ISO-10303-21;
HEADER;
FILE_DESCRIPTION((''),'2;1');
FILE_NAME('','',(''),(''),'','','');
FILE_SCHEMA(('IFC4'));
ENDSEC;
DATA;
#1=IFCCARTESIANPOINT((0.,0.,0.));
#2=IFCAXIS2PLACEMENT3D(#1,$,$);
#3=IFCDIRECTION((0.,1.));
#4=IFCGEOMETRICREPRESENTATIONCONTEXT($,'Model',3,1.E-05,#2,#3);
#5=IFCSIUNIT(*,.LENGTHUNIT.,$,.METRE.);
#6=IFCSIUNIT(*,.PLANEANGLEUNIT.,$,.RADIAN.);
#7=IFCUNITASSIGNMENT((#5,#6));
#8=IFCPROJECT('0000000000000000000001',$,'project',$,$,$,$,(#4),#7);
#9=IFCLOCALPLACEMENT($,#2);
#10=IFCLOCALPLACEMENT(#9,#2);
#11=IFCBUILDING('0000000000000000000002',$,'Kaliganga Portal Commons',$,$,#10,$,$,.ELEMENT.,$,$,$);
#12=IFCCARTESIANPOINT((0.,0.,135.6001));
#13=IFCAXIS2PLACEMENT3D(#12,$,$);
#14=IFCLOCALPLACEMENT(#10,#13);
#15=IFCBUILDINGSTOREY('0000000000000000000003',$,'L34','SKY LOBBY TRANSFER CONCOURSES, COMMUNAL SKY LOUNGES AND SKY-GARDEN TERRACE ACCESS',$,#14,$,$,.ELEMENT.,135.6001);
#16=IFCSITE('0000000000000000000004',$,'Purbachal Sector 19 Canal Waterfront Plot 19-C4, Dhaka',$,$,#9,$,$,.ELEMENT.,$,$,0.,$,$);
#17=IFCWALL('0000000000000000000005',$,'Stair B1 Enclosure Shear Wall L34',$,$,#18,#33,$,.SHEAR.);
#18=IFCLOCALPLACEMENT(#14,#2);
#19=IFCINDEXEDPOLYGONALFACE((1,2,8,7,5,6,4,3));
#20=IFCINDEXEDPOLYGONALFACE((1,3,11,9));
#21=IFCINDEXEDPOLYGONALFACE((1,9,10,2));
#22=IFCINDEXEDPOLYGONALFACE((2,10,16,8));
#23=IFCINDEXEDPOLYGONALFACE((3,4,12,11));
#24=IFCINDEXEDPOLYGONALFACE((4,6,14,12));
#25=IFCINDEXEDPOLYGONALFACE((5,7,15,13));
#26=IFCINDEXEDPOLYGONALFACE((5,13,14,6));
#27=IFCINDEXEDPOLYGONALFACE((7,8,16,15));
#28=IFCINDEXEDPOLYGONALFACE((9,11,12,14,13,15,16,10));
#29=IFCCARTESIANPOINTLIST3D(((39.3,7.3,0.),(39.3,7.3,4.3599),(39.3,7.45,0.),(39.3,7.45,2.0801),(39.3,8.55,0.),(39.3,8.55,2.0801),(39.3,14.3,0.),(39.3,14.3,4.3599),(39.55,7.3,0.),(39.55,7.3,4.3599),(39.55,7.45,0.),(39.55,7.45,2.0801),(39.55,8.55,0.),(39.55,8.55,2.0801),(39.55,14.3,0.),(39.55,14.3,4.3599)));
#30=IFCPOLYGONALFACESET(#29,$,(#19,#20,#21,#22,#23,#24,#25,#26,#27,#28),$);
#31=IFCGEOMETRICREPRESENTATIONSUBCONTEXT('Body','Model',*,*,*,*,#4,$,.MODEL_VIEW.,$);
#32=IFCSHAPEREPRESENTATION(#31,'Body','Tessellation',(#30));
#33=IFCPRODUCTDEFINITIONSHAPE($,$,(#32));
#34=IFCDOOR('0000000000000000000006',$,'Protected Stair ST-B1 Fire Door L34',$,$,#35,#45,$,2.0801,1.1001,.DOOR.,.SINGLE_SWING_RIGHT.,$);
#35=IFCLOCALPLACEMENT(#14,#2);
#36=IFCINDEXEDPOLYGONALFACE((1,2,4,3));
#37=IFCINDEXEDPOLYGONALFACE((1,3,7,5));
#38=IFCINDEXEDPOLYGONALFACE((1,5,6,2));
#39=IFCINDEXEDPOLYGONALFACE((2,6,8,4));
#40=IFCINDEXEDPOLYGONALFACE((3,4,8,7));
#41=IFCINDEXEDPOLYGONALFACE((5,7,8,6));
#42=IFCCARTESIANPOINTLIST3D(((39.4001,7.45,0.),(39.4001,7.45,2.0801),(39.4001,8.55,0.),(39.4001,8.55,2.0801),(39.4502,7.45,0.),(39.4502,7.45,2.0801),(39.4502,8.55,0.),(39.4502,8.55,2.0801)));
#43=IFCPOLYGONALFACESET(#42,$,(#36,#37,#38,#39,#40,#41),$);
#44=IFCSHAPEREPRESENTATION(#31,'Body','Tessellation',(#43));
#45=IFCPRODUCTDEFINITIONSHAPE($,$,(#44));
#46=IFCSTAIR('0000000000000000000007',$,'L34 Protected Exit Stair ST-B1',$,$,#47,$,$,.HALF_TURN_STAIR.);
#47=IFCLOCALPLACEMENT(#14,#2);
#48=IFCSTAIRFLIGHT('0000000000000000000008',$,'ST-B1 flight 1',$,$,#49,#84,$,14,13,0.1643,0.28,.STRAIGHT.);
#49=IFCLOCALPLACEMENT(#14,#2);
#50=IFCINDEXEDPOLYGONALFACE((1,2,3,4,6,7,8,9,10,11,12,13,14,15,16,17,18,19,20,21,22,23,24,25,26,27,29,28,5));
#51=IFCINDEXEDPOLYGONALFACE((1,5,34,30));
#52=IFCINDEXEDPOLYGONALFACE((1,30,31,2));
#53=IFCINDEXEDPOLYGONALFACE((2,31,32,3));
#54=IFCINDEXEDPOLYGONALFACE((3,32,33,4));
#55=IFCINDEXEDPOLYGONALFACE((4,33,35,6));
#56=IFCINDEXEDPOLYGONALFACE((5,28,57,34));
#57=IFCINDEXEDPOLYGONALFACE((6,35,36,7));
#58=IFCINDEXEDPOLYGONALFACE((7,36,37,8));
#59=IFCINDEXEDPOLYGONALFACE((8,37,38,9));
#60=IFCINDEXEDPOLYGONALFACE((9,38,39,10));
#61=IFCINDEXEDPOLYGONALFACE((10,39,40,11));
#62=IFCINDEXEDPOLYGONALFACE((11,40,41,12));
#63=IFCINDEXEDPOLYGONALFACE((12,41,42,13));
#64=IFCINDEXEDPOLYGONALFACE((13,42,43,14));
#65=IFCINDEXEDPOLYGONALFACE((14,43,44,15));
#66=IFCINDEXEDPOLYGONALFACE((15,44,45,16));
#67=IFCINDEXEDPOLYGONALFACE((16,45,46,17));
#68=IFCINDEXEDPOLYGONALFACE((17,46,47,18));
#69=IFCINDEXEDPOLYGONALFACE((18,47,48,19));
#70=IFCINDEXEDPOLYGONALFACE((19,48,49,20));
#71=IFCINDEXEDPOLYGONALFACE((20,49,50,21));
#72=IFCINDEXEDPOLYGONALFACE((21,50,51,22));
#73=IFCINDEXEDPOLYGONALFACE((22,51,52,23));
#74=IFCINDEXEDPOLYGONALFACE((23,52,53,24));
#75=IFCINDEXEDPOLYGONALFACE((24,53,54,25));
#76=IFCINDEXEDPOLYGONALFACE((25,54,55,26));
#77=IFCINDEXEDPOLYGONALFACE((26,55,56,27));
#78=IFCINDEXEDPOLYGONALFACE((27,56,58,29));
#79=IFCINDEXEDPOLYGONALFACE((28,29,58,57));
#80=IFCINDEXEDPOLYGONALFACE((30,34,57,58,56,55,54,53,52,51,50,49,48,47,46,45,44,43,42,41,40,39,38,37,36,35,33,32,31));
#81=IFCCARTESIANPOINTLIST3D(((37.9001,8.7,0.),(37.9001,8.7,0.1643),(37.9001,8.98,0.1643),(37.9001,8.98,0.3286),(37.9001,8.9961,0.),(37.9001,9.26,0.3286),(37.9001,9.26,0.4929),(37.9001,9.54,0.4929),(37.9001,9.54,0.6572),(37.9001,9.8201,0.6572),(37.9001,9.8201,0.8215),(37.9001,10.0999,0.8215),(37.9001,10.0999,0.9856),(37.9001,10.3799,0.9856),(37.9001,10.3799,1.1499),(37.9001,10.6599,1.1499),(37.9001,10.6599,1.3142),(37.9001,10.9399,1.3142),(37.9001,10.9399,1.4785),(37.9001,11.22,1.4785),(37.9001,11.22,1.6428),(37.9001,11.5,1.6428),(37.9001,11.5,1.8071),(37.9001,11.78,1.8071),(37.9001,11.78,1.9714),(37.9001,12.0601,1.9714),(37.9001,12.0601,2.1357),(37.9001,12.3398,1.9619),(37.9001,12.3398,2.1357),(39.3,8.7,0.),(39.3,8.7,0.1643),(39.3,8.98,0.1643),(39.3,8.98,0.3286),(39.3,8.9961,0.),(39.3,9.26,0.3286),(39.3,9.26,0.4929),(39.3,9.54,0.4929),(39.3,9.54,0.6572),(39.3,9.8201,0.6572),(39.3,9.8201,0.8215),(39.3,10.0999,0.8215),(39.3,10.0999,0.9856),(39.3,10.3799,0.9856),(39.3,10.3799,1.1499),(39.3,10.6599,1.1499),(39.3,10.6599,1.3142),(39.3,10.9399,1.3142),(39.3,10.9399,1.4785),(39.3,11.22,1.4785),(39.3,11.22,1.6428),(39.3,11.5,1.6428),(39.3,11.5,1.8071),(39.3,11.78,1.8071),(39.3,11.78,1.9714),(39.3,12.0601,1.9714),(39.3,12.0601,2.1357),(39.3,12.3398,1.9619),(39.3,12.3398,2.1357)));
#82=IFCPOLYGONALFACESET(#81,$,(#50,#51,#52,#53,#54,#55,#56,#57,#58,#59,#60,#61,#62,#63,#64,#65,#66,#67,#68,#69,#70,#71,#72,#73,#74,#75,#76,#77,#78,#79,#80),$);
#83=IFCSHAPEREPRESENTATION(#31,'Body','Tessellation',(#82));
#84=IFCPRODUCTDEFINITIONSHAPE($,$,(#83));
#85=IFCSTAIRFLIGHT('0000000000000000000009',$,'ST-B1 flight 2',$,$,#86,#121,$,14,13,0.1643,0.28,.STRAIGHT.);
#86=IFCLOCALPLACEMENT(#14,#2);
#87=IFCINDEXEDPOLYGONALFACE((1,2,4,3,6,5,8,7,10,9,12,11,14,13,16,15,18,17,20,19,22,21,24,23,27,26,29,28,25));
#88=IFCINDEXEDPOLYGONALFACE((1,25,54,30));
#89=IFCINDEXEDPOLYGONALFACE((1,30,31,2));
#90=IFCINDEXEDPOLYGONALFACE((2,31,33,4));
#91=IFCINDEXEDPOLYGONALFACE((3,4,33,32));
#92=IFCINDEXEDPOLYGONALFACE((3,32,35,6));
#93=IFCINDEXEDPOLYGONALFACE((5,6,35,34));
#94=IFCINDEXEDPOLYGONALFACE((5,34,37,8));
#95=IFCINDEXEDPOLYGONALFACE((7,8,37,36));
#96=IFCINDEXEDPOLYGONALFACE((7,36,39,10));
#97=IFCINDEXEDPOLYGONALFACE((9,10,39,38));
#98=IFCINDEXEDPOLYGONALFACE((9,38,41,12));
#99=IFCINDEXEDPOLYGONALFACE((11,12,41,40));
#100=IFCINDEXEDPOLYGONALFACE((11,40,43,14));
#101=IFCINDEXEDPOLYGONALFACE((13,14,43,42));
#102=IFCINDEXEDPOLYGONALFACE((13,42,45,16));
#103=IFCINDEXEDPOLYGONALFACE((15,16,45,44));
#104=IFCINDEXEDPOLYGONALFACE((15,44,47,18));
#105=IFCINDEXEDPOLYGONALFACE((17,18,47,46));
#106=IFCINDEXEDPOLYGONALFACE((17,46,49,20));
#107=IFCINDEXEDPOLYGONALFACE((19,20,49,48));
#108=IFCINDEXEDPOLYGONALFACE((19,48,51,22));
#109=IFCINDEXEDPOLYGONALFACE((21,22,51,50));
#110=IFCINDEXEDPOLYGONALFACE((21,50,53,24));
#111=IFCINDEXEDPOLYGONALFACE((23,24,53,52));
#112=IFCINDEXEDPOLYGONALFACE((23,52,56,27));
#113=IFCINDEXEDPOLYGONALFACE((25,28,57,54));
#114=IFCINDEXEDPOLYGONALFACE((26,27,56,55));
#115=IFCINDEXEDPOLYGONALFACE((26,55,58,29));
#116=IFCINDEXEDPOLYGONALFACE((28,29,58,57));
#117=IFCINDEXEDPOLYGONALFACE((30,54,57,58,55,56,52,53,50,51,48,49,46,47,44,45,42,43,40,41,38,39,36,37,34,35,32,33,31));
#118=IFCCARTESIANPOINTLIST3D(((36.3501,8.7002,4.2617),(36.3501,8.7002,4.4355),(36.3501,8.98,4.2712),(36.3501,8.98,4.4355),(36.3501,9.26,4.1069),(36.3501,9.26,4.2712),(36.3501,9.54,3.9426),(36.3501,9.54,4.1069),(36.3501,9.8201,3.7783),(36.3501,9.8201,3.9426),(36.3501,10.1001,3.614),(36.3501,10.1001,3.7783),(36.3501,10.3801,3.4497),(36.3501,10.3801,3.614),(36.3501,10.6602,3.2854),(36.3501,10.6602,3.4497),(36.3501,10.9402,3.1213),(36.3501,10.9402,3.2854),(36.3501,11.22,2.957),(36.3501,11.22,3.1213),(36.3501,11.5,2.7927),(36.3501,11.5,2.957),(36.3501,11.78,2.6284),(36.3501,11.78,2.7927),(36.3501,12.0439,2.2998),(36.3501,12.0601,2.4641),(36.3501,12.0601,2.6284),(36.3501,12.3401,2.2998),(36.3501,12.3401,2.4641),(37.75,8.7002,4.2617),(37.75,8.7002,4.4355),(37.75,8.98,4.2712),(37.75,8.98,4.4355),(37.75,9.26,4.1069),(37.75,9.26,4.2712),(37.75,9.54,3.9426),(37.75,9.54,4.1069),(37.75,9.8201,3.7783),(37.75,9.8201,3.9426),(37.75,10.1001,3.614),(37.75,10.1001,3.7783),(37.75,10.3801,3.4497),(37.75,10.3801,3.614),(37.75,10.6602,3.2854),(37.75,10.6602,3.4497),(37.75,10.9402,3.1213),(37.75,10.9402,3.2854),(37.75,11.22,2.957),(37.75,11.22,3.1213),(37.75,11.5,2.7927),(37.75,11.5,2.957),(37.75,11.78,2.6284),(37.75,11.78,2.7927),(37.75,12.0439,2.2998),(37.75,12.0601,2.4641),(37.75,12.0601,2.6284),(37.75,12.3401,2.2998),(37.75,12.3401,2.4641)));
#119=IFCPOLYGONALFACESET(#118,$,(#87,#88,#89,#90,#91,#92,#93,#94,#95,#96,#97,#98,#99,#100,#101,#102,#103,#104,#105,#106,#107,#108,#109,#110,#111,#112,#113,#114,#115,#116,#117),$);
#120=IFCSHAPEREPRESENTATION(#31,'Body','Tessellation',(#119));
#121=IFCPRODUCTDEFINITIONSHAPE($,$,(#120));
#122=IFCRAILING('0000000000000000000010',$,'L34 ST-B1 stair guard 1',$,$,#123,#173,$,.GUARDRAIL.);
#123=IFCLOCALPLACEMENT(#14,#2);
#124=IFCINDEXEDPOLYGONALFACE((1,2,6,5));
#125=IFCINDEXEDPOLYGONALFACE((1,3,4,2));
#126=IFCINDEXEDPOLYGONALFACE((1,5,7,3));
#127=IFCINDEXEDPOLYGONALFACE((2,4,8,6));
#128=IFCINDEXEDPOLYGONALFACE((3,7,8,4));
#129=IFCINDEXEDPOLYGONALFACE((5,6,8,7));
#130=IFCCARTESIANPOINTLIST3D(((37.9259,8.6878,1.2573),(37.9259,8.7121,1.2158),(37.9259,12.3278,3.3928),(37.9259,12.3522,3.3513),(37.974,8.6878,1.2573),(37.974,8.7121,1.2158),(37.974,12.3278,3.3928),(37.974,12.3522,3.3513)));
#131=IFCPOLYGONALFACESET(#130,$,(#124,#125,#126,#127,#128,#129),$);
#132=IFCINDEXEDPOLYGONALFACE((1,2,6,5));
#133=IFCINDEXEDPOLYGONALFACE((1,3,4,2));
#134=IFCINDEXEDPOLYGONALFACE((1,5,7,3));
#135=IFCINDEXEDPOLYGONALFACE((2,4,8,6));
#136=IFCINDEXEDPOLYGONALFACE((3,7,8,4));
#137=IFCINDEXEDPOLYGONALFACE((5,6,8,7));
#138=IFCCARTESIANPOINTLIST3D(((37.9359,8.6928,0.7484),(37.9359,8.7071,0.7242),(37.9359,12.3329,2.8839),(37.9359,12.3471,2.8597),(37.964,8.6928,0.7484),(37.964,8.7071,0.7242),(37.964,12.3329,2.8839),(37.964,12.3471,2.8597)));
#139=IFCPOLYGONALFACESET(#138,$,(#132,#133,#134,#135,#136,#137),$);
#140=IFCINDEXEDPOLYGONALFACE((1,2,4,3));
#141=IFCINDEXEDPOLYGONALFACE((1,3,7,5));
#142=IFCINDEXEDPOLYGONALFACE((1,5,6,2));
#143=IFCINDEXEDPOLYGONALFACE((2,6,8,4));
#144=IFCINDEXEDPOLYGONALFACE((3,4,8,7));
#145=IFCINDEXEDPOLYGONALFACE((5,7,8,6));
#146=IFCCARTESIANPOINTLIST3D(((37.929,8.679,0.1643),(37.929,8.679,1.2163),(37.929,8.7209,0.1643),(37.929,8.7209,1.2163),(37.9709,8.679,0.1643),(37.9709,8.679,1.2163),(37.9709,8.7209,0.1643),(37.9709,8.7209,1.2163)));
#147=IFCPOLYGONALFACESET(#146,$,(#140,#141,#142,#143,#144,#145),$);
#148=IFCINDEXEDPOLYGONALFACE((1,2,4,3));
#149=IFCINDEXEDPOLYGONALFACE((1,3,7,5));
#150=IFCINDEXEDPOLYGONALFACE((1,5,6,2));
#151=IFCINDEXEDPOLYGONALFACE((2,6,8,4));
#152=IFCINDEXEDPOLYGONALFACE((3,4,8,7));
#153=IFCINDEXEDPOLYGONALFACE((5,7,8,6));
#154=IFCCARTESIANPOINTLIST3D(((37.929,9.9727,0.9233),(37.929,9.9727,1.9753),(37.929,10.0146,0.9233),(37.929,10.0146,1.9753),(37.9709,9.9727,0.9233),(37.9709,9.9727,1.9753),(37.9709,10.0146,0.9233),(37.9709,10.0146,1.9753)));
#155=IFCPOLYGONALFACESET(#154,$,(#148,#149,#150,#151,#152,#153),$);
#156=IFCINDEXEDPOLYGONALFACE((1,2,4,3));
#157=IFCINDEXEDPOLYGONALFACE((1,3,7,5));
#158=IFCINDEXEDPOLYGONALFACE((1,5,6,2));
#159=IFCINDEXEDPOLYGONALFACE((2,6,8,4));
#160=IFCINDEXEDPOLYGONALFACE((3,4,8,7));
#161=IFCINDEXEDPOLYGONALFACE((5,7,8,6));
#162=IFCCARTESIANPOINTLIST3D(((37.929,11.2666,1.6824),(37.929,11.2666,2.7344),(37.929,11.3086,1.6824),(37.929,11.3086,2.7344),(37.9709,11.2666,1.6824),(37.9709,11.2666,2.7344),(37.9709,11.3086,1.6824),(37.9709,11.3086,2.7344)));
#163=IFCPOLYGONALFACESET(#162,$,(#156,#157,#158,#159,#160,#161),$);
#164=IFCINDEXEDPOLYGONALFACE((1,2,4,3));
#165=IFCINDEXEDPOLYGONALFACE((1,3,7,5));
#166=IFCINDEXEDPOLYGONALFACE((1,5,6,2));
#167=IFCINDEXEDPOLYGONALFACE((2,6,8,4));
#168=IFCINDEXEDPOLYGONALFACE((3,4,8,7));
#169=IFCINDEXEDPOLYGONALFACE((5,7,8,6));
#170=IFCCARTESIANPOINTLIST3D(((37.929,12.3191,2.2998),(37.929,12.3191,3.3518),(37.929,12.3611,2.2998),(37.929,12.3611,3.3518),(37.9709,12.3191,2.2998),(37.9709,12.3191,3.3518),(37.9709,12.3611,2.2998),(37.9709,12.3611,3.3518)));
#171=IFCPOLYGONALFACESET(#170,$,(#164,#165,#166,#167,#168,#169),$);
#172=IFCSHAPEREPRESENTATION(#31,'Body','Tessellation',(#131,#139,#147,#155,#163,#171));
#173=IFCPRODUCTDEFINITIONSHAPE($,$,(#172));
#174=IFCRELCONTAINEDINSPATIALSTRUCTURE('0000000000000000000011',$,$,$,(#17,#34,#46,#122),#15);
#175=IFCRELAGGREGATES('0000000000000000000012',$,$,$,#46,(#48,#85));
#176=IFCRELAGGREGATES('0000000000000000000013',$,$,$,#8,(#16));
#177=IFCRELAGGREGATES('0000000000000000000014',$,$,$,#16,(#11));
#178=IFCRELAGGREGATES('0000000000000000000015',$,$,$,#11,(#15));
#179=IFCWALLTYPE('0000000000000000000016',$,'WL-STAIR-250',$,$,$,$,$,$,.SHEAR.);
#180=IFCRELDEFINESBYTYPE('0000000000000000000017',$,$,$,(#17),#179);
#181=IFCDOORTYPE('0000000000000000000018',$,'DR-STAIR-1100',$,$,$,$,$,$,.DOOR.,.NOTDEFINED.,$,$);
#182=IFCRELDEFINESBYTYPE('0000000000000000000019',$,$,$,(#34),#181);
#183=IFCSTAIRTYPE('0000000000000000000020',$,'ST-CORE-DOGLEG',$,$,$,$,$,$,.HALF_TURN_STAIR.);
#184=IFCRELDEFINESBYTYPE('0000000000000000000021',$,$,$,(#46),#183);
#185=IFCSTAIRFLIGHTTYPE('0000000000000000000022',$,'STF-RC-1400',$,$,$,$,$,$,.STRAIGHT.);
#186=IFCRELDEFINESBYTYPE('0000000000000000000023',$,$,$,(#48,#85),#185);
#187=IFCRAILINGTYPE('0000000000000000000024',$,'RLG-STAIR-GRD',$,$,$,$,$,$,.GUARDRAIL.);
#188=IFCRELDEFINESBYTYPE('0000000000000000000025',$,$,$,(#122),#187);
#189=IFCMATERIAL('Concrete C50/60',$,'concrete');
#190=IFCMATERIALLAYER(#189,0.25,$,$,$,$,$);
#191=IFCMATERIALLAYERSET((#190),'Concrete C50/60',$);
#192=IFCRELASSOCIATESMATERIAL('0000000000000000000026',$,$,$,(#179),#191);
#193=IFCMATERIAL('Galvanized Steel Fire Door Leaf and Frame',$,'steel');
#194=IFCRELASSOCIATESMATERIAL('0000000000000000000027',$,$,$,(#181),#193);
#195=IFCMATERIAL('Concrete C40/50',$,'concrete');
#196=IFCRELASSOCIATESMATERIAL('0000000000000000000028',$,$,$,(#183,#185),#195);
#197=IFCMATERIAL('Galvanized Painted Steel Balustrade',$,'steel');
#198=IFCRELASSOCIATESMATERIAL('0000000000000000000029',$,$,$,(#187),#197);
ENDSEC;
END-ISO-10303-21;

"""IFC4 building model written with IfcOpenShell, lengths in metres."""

from ifc_helpers import new_model, si_unit, direction, frame, frame_2d, origin, origin_2d, place, context, subcontext, project, spatial, polyline, rectangle, outline, extrude, material, layer, layer_set, type_object, element, fill, aggregate, save


model = new_model("IFC4")

# Units and contexts
model_context = context("Model", 3, precision=1e-05, world=origin(), true_north=direction((0.0, 1.0)))
body_context = subcontext(model_context, "Body", "Model", "MODEL_VIEW")
ifc_project = project(units=[si_unit("LENGTHUNIT", "METRE"), si_unit("PLANEANGLEUNIT", "RADIAN")], contexts=[model_context])

# Site, building, storey
site_placement = place(None, origin())
site = spatial("IfcSite", under=ifc_project, at=site_placement, Name="Purbachal Sector 19 Canal Waterfront Plot 19-C4, Dhaka", CompositionType="ELEMENT", RefElevation=0.0)
building_placement = place(site_placement, origin())
building = spatial("IfcBuilding", under=site, at=building_placement, Name="Kaliganga Portal Commons", CompositionType="ELEMENT")
storey_placement = place(building_placement, frame((0.0, 0.0, 135.6001)))
storey = spatial("IfcBuildingStorey", under=building, at=storey_placement, Name="L34", Description="SKY LOBBY TRANSFER CONCOURSES, COMMUNAL SKY LOUNGES AND SKY-GARDEN TERRACE ACCESS", CompositionType="ELEMENT", Elevation=135.6001)

# Shared definitions
ifc_material_1 = material(Name="Concrete C50/60", Category="concrete")

# Wall, opening, door
ifc_layer_1 = layer(ifc_material_1, 0.25)
ifc_layer_set_1 = layer_set([ifc_layer_1], Name="Concrete C50/60")
wall_type_1 = type_object("IfcWallType", Name="WL-STAIR-250", PredefinedType="SHEAR", material=ifc_layer_set_1)
wall_1_placement = place(storey_placement, frame((39.425, 7.3, 0.0), z_axis=(0.0, 0.0, 1.0), x_axis=(0.0, 1.0, 0.0)))
wall_1 = element("IfcWall", 1, at=wall_1_placement, inside=storey, type_object=wall_type_1, Name="Stair B1 Enclosure Shear Wall L34", PredefinedType="SHEAR", context=body_context, shape_type="SweptSolid", body=[
    extrude(rectangle(XDim=7.0, YDim=0.25, at=frame_2d((3.5, 0.0))), origin(), (0.0, 0.0, 1.0), 4.3599),
])
opening_1_placement = place(wall_1_placement, frame((0.1499, 0.0, 0.0)))
opening_1 = element("IfcOpeningElement", 2, at=opening_1_placement, cuts=wall_1, PredefinedType="OPENING", context=body_context, shape_type="SweptSolid", body=[
    extrude(rectangle(XDim=1.1001, YDim=2.0801, at=frame_2d((0.55, 1.04))), frame((0.0, 0.135, 0.0), z_axis=(0.0, -1.0, 0.0), x_axis=(1.0, 0.0, 0.0)), (0.0, 0.0, 1.0), 0.27),
])
ifc_material_2 = material(Name="Galvanized Steel Fire Door Leaf and Frame", Category="steel")
door_type_1 = type_object("IfcDoorType", Name="DR-STAIR-1100", OperationType="NOTDEFINED", PredefinedType="DOOR", material=ifc_material_2)
door_1_placement = place(opening_1_placement, origin())
door_1 = element("IfcDoor", 3, at=door_1_placement, inside=storey, type_object=door_type_1, Name="Protected Stair ST-B1 Fire Door L34", OperationType="SINGLE_SWING_RIGHT", OverallHeight=2.0801, OverallWidth=1.1001, PredefinedType="DOOR", context=body_context, shape_type="SweptSolid", body=[
    extrude(rectangle(XDim=1.1001, YDim=2.0801, at=frame_2d((0.55, 1.04))), frame((0.0, 0.0249, 0.0), z_axis=(0.0, -1.0, 0.0), x_axis=(1.0, 0.0, 0.0)), (0.0, 0.0, 1.0), 0.05),
])
fill(opening_1, door_1)

# Stair, stair flights
ifc_material_3 = material(Name="Concrete C40/50", Category="concrete")
stair_type = type_object("IfcStairType", Name="ST-CORE-DOGLEG", PredefinedType="HALF_TURN_STAIR", material=ifc_material_3)
stair_placement = place(storey_placement, origin())
stair = element("IfcStair", 4, at=stair_placement, inside=storey, type_object=stair_type, Name="L34 Protected Exit Stair ST-B1", PredefinedType="HALF_TURN_STAIR")
stair_flight_type = type_object("IfcStairFlightType", Name="STF-RC-1400", PredefinedType="STRAIGHT", material=ifc_material_3)
stair_flight_1_placement = place(storey_placement, frame((38.6001, 8.7, 0.0), z_axis=(0.0, 0.0, 1.0), x_axis=(0.0, 1.0, 0.0)))
stair_flight_1 = element("IfcStairFlight", 5, at=stair_flight_1_placement, type_object=stair_flight_type, Name="ST-B1 flight 1", NumberOfRisers=14, NumberOfTreads=13, PredefinedType="STRAIGHT", RiserHeight=0.1643, TreadLength=0.28, context=body_context, shape_type="SweptSolid", body=[
    extrude(outline(polyline([(0.0, 0.0), (0.0, 0.1643), (0.28, 0.1643), (0.28, 0.3286), (0.5601, 0.3286), (0.5601, 0.4929), (0.8401, 0.4929), (0.8401, 0.6572), (1.1201, 0.6572), (1.1201, 0.8215), (1.3999, 0.8215), (1.3999, 0.9856), (1.6799, 0.9856), (1.6799, 1.1499), (1.96, 1.1499), (1.96, 1.3142), (2.24, 1.3142), (2.24, 1.4785), (2.52, 1.4785), (2.52, 1.6428), (2.8, 1.6428), (2.8, 1.8071), (3.0801, 1.8071), (3.0801, 1.9714), (3.3601, 1.9714), (3.3601, 2.1357), (3.6399, 2.1357), (3.6399, 2.3), (3.6399, 1.9619), (0.2961, 0.0), (0.0, 0.0)])), frame((0.0, 0.7, 0.0), z_axis=(0.0, -1.0, 0.0), x_axis=(1.0, 0.0, 0.0)), (0.0, 0.0, 1.0), 1.3999),
])
stair_flight_2_placement = place(storey_placement, frame((37.05, 12.3401, 2.2998), z_axis=(0.0, 0.0, 1.0), x_axis=(0.0, -1.0, 0.0)))
stair_flight_2 = element("IfcStairFlight", 6, at=stair_flight_2_placement, type_object=stair_flight_type, Name="ST-B1 flight 2", NumberOfRisers=14, NumberOfTreads=13, PredefinedType="STRAIGHT", RiserHeight=0.1643, TreadLength=0.28, context=body_context, shape_type="SweptSolid", body=[
    extrude(outline(polyline([(0.0, 0.0), (0.0, 0.1643), (0.28, 0.1643), (0.28, 0.3286), (0.5601, 0.3286), (0.5601, 0.4929), (0.8401, 0.4929), (0.8401, 0.6572), (1.1201, 0.6572), (1.1201, 0.8215), (1.3999, 0.8215), (1.3999, 0.9856), (1.6799, 0.9856), (1.6799, 1.1499), (1.96, 1.1499), (1.96, 1.3142), (2.24, 1.3142), (2.24, 1.4785), (2.52, 1.4785), (2.52, 1.6428), (2.8, 1.6428), (2.8, 1.8071), (3.0801, 1.8071), (3.0801, 1.9714), (3.3601, 1.9714), (3.3601, 2.1357), (3.6399, 2.1357), (3.6399, 2.3), (3.6399, 1.9619), (0.2961, 0.0), (0.0, 0.0)])), frame((0.0, 0.7, 0.0), z_axis=(0.0, -1.0, 0.0), x_axis=(1.0, 0.0, 0.0)), (0.0, 0.0, 1.0), 1.3999),
])
aggregate(stair, [stair_flight_1, stair_flight_2])

# Railing
ifc_material_4 = material(Name="Galvanized Painted Steel Balustrade", Category="steel")
railing_type_1 = type_object("IfcRailingType", Name="RLG-STAIR-GRD", PredefinedType="GUARDRAIL", material=ifc_material_4)
railing_1_placement = place(storey_placement, frame((37.95, 8.7, 0.1643)))
element("IfcRailing", 7, at=railing_1_placement, inside=storey, type_object=railing_type_1, Name="L34 ST-B1 stair guard 1", PredefinedType="GUARDRAIL", context=body_context, shape_type="SweptSolid", body=[
    extrude(rectangle(XDim=0.0481, YDim=0.0481, at=origin_2d()), frame((0.0, 0.0, 1.0723), z_axis=(0.0, 0.86253, 0.506006), x_axis=(-1.0, 0.0, 0.0)), (0.0, 0.0, 1.0), 4.2202),
    extrude(rectangle(XDim=0.0281, YDim=0.0281, at=origin_2d()), frame((0.0, 0.0, 0.572), z_axis=(0.0, 0.86253, 0.506006), x_axis=(-1.0, 0.0, 0.0)), (0.0, 0.0, 1.0), 4.2202),
    extrude(rectangle(XDim=0.042, YDim=0.042, at=origin_2d()), origin(), (0.0, 0.0, 1.0), 1.052),
    extrude(rectangle(XDim=0.042, YDim=0.042, at=origin_2d()), frame((0.0, 1.2937, 0.759)), (0.0, 0.0, 1.0), 1.052),
    extrude(rectangle(XDim=0.042, YDim=0.042, at=origin_2d()), frame((0.0, 2.5876, 1.5181)), (0.0, 0.0, 1.0), 1.052),
    extrude(rectangle(XDim=0.042, YDim=0.042, at=origin_2d()), frame((0.0, 3.6401, 2.1355)), (0.0, 0.0, 1.0), 1.052),
])

save(model, "model.ifc")
